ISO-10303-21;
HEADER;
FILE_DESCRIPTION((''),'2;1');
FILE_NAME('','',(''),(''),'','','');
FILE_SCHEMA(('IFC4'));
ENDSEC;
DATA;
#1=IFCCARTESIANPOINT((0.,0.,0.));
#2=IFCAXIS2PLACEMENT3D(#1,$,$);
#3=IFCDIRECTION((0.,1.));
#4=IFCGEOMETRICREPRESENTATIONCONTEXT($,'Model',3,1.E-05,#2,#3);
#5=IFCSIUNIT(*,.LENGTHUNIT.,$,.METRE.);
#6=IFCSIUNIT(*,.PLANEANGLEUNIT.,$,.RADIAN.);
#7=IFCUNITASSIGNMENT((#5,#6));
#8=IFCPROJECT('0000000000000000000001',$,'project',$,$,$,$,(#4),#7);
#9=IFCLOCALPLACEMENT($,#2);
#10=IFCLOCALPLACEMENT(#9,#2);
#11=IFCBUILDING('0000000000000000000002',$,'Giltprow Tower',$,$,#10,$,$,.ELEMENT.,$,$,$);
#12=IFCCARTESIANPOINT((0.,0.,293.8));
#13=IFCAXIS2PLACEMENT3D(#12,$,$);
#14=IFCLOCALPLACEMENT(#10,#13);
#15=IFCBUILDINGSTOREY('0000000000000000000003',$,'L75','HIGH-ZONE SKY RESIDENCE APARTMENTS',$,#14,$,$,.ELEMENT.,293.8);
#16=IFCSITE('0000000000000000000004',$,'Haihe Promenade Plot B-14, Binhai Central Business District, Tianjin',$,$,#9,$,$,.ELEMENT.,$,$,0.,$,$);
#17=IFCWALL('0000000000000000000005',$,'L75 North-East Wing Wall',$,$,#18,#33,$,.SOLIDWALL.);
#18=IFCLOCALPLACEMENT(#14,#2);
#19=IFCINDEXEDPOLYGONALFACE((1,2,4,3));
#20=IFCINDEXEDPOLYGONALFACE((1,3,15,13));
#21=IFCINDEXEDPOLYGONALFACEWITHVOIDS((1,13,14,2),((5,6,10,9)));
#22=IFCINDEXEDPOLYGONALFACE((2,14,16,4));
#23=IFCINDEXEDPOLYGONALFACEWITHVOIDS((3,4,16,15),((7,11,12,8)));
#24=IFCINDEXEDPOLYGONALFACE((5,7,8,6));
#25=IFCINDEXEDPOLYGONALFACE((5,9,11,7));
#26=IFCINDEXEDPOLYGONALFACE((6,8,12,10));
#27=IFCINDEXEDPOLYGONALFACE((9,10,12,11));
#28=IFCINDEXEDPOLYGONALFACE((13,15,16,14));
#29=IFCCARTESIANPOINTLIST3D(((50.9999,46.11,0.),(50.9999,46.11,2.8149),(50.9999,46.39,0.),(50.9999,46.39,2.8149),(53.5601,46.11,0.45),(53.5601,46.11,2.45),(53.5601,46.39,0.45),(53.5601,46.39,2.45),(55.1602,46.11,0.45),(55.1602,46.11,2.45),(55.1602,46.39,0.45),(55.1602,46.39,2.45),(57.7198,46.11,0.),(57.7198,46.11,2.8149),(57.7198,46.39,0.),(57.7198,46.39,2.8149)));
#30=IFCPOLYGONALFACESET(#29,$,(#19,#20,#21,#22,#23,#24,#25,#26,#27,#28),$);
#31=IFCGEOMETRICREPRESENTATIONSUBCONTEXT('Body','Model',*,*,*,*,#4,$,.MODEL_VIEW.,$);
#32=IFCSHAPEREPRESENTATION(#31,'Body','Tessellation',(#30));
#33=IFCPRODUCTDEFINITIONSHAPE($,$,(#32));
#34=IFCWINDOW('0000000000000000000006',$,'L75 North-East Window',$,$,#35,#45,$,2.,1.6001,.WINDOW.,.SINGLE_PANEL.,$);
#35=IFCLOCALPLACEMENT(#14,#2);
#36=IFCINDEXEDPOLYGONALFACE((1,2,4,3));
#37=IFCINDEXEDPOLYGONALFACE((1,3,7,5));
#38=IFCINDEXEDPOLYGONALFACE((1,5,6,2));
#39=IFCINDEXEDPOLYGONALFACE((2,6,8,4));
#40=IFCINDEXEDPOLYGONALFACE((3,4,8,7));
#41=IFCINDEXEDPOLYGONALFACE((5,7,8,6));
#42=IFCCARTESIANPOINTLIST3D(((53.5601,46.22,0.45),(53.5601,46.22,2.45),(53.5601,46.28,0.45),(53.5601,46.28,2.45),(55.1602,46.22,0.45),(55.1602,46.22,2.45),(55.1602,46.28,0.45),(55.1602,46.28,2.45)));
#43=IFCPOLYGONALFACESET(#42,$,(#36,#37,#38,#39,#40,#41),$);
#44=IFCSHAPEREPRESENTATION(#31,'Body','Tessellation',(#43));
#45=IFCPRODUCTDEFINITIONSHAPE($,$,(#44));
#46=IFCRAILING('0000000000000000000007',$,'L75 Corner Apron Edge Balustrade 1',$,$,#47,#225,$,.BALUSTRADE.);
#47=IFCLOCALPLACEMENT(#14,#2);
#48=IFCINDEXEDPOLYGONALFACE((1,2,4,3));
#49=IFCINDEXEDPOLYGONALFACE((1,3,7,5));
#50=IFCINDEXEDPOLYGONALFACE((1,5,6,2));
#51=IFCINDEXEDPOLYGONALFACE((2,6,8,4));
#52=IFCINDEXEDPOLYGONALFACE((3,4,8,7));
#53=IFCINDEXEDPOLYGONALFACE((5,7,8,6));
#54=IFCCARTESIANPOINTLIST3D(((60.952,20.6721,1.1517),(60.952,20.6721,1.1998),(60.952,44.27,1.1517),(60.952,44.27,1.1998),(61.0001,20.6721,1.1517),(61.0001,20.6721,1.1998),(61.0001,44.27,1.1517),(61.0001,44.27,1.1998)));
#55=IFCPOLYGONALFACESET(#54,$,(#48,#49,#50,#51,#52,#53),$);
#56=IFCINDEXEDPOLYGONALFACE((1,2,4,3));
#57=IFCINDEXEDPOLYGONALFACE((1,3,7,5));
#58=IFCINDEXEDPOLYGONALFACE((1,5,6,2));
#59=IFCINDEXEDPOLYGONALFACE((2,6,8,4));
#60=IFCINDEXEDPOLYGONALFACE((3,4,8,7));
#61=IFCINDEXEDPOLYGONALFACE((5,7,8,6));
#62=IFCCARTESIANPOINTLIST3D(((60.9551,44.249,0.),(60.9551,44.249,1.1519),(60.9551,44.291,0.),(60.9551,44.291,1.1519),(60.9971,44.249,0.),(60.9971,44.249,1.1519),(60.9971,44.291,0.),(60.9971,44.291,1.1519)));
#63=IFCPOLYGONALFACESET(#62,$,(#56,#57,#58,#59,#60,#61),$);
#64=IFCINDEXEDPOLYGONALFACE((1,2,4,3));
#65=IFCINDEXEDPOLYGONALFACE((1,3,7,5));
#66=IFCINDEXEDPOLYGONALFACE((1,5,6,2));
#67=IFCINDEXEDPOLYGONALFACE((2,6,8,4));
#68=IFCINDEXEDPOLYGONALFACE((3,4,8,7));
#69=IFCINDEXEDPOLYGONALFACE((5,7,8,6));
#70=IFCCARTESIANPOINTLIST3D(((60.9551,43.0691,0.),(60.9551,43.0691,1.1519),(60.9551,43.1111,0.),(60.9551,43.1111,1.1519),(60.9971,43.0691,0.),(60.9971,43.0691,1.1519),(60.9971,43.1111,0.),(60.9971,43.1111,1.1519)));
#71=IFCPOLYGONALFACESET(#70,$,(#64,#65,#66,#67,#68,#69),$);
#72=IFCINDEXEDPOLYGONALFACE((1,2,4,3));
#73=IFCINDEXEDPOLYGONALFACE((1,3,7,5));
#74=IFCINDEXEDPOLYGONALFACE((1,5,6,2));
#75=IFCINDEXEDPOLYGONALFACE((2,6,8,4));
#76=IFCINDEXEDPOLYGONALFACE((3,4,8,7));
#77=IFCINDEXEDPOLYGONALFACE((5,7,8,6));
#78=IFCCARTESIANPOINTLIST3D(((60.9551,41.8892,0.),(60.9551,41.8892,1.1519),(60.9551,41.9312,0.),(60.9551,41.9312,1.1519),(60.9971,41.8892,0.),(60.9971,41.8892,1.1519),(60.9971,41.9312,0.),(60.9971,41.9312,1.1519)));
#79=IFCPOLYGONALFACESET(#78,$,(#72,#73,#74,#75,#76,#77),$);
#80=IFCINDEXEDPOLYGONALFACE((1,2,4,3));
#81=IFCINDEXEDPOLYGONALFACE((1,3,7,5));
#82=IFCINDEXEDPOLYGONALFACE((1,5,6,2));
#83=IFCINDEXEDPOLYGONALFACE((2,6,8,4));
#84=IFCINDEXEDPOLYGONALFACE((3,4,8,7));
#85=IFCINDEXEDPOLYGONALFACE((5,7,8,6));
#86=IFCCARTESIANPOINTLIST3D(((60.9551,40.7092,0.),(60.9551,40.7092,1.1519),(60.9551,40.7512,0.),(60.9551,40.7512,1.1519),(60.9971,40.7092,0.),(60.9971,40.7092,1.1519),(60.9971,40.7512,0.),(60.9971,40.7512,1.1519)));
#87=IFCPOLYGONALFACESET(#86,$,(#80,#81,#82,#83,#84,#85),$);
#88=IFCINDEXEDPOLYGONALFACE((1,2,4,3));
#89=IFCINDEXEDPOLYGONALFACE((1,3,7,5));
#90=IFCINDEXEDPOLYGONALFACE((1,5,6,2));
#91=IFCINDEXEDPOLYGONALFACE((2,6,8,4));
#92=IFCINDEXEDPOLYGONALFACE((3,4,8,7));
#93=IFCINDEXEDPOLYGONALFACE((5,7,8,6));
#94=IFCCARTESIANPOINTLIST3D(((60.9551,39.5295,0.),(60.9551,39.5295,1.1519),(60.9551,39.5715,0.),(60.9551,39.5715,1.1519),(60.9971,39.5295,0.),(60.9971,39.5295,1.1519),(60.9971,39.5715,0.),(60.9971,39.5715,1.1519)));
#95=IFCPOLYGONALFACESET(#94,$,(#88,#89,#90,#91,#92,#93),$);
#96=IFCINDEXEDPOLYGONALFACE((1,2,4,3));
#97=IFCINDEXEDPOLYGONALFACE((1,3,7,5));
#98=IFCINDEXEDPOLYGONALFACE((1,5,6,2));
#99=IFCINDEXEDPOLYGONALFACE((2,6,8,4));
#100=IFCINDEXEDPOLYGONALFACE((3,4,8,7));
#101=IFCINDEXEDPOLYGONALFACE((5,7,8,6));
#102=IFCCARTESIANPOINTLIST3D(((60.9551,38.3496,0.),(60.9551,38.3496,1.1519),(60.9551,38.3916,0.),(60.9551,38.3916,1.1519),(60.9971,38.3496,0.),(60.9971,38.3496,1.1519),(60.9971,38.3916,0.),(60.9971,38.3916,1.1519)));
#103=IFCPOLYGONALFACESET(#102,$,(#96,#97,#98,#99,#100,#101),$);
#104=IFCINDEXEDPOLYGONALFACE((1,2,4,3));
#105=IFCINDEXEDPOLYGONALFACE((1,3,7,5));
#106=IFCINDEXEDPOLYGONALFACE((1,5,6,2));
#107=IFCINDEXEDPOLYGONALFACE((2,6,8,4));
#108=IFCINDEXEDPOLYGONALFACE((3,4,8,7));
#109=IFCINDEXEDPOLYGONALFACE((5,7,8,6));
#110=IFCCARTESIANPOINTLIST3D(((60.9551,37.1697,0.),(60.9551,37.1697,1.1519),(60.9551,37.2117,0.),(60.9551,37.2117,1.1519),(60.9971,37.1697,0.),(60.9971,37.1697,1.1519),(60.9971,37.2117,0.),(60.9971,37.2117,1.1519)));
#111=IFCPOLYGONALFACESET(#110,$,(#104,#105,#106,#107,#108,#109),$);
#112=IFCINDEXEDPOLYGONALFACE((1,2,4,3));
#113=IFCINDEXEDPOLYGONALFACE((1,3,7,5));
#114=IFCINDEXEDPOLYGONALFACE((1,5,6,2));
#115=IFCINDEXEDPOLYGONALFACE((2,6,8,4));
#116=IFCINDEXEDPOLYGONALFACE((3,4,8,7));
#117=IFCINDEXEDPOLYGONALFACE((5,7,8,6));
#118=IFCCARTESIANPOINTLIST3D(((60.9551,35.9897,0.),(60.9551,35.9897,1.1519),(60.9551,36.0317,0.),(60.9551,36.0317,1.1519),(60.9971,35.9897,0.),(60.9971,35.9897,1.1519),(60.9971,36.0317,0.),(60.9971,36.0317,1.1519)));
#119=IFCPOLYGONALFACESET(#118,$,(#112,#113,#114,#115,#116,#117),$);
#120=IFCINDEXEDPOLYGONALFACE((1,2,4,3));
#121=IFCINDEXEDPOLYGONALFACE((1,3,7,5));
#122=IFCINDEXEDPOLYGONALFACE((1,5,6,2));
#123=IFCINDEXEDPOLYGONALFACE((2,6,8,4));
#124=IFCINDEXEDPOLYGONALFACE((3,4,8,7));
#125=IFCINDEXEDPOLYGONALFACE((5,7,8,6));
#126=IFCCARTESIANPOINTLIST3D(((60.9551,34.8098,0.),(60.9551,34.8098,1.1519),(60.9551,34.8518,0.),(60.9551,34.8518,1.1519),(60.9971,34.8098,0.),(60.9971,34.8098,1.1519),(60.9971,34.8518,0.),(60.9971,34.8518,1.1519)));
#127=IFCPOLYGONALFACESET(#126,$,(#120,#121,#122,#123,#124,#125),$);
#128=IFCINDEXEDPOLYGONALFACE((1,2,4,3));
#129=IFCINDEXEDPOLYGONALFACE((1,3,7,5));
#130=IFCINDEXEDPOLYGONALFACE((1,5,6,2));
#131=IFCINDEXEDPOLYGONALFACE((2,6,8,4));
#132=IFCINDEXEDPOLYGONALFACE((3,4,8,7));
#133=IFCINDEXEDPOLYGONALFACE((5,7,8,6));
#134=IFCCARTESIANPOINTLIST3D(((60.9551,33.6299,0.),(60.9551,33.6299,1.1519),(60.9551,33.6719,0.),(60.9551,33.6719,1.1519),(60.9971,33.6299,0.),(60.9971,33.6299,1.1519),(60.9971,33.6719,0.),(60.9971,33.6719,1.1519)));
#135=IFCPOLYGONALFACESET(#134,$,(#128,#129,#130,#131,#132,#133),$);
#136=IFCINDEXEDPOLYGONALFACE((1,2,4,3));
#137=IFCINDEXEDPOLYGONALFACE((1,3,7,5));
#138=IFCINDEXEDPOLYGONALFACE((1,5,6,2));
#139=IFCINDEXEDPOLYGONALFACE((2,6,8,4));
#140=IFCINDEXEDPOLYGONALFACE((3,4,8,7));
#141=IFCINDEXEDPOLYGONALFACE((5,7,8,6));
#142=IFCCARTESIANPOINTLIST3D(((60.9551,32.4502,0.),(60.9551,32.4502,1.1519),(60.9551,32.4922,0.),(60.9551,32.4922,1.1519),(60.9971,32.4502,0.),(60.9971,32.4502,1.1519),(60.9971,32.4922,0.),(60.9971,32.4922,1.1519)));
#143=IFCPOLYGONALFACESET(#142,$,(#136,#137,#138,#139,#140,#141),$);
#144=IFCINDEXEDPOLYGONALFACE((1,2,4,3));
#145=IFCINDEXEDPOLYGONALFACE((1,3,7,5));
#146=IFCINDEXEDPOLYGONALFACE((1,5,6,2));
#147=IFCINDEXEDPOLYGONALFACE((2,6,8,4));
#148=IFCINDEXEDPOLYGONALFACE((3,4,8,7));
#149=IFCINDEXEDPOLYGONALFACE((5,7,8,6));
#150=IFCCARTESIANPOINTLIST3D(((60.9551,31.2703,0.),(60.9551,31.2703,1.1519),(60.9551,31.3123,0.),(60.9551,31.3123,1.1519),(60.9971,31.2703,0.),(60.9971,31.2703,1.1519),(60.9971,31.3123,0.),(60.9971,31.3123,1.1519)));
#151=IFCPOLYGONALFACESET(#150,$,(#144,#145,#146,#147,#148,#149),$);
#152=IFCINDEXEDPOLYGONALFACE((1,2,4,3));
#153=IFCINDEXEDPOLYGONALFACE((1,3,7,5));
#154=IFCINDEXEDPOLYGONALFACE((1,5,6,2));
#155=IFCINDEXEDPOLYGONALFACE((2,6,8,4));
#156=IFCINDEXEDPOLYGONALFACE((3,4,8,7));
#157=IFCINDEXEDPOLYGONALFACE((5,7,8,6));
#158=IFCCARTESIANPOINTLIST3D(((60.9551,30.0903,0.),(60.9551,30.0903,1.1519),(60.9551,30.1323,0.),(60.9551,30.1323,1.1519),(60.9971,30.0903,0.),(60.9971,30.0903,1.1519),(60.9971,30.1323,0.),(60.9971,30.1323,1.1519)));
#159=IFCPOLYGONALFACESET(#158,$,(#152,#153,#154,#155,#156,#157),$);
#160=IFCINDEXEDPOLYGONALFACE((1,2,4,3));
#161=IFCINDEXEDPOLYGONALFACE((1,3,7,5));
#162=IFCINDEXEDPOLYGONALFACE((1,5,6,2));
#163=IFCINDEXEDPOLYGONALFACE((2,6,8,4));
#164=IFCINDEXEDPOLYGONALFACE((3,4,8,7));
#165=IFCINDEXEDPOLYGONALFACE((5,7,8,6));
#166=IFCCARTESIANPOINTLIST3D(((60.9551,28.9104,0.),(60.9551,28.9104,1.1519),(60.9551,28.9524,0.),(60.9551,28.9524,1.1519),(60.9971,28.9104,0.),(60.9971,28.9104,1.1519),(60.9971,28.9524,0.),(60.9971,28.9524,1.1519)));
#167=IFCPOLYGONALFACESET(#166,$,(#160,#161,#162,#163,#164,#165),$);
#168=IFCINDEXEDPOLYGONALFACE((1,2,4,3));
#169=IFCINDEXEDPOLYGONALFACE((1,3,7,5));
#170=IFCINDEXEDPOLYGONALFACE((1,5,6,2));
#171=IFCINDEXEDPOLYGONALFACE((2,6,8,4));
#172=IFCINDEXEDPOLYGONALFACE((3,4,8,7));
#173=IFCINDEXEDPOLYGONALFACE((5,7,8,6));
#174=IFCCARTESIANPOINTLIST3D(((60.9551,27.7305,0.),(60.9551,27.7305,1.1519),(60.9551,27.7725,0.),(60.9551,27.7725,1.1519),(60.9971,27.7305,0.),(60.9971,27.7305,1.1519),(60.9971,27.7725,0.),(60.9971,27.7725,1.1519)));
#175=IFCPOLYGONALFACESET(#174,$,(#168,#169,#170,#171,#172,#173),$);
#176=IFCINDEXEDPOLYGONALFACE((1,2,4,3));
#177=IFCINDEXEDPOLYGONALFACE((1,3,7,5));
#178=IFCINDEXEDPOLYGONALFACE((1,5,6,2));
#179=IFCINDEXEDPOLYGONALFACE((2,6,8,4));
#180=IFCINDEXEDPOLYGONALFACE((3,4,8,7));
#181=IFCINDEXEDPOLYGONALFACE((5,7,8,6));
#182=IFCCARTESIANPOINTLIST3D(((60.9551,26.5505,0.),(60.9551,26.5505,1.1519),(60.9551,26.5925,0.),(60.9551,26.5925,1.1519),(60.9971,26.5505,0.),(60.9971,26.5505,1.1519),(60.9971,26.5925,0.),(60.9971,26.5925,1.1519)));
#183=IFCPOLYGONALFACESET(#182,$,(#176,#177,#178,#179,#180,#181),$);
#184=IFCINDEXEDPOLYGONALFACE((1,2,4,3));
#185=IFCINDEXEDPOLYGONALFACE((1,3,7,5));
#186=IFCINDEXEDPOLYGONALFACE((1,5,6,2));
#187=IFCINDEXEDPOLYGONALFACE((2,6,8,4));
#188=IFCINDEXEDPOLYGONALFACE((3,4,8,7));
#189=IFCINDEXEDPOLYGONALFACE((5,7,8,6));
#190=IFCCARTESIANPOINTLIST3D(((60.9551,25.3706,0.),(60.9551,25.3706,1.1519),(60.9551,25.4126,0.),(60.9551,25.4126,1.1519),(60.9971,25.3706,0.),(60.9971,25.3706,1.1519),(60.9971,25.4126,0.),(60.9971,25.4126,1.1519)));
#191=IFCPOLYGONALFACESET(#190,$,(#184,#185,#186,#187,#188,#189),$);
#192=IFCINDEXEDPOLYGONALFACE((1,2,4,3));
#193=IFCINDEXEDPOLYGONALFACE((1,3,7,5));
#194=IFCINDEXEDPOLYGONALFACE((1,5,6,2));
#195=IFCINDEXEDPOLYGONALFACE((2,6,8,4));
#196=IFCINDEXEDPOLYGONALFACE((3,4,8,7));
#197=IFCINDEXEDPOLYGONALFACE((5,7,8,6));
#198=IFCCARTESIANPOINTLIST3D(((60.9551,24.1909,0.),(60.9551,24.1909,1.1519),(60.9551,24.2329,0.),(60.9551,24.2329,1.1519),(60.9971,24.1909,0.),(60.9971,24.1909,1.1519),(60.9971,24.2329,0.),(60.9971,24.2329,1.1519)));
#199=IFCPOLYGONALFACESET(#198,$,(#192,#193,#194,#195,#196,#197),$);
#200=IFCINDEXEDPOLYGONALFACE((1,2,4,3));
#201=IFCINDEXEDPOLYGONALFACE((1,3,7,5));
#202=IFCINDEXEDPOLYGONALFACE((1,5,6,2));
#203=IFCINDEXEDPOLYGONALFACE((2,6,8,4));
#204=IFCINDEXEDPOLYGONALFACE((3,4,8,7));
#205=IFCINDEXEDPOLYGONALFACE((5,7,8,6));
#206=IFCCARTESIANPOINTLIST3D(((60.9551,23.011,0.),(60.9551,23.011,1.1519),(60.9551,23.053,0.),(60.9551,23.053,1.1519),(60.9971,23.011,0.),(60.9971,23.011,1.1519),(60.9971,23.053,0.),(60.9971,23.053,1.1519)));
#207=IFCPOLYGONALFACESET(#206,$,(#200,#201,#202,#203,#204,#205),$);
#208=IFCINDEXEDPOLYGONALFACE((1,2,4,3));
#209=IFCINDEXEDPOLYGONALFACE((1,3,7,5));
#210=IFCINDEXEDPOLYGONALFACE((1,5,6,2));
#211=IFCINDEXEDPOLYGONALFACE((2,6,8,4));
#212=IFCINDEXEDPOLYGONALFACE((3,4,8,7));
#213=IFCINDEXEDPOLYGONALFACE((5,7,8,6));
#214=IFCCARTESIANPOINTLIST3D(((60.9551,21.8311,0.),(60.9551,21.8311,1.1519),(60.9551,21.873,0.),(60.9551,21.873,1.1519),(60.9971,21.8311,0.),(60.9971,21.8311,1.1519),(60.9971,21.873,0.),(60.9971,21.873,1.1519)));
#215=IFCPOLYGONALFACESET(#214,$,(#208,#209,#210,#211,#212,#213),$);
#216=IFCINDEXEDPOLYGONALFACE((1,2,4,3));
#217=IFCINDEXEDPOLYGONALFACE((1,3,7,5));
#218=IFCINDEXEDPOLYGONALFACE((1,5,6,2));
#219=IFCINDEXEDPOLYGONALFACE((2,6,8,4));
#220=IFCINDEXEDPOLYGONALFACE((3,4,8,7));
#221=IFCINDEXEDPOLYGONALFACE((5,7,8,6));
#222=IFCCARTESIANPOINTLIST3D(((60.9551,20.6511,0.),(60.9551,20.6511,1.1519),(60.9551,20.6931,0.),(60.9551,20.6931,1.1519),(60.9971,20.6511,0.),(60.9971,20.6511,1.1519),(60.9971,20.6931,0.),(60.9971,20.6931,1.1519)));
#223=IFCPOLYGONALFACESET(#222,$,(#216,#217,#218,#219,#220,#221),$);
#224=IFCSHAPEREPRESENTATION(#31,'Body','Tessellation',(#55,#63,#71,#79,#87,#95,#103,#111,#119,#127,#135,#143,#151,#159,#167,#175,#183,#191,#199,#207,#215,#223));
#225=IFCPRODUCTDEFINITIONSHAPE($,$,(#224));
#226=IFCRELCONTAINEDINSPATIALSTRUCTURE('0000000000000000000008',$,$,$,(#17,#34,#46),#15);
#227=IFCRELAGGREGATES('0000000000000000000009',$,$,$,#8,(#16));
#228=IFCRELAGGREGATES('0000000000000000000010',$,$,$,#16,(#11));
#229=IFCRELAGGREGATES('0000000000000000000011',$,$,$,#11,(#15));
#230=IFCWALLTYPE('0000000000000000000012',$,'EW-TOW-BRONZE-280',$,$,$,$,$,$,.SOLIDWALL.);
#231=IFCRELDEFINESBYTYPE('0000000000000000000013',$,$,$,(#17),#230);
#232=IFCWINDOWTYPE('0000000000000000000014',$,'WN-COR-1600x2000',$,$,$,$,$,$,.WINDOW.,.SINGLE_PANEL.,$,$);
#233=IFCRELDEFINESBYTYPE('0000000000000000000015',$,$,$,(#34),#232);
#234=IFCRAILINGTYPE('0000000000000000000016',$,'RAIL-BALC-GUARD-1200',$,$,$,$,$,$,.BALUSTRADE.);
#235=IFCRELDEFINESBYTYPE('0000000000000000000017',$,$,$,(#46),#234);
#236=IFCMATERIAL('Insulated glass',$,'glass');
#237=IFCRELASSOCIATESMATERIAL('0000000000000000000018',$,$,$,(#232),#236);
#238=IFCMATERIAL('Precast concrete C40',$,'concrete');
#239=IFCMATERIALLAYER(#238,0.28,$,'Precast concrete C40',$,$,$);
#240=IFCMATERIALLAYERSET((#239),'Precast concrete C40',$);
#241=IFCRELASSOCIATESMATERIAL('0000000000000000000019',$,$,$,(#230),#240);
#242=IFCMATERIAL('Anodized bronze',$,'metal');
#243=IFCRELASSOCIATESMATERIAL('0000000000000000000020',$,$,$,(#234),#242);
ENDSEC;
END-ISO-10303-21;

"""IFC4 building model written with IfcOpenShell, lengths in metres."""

from ifc_helpers import new_model, si_unit, direction, frame, frame_2d, origin, origin_2d, place, context, subcontext, project, spatial, rectangle, extrude, source, transform, mapped, material, layer, layer_set, type_object, element, fill, save


model = new_model("IFC4")

# Units and contexts
model_context = context("Model", 3, precision=1e-05, world=origin(), true_north=direction((0.0, 1.0)))
body_context = subcontext(model_context, "Body", "Model", "MODEL_VIEW")
ifc_project = project(units=[si_unit("LENGTHUNIT", "METRE"), si_unit("PLANEANGLEUNIT", "RADIAN")], contexts=[model_context])

# Site, building, storey
site_placement = place(None, origin())
site = spatial("IfcSite", under=ifc_project, at=site_placement, Name="Haihe Promenade Plot B-14, Binhai Central Business District, Tianjin", CompositionType="ELEMENT", RefElevation=0.0)
building_placement = place(site_placement, origin())
building = spatial("IfcBuilding", under=site, at=building_placement, Name="Giltprow Tower", CompositionType="ELEMENT")
storey_placement = place(building_placement, frame((0.0, 0.0, 293.8)))
storey = spatial("IfcBuildingStorey", under=building, at=storey_placement, Name="L75", Description="HIGH-ZONE SKY RESIDENCE APARTMENTS", CompositionType="ELEMENT", Elevation=293.8)

# Wall, opening, window
ifc_material_1 = material(Name="Precast concrete C40", Category="concrete")
ifc_material_2 = material(Name="Insulated glass", Category="glass")
window_type = type_object("IfcWindowType", Name="WN-COR-1600x2000", PartitioningType="SINGLE_PANEL", PredefinedType="WINDOW", material=ifc_material_2)
shared_shape_1 = source(origin(), body_context, "Body", "SweptSolid", [
    extrude(rectangle(XDim=1.6001, YDim=2.0, at=frame_2d((0.8, 1.0))), frame((0.0, 0.03, 0.0), z_axis=(0.0, -1.0, 0.0), x_axis=(1.0, 0.0, 0.0)), (0.0, 0.0, 1.0), 0.0601),
])
ifc_layer_1 = layer(ifc_material_1, 0.28, Name="Precast concrete C40")
ifc_layer_set_1 = layer_set([ifc_layer_1], Name="Precast concrete C40")
wall_type_1 = type_object("IfcWallType", Name="EW-TOW-BRONZE-280", PredefinedType="SOLIDWALL", material=ifc_layer_set_1)
wall_1_placement = place(storey_placement, frame((51.0, 46.25, 0.0), z_axis=(0.0, 0.0, 1.0), x_axis=(1.0, 0.0, 0.0)))
wall_1 = element("IfcWall", 1, at=wall_1_placement, inside=storey, type_object=wall_type_1, Name="L75 North-East Wing Wall", PredefinedType="SOLIDWALL", context=body_context, shape_type="SweptSolid", body=[
    extrude(rectangle(XDim=6.72, YDim=0.28, at=frame_2d((3.3599, 0.0))), origin(), (0.0, 0.0, 1.0), 2.8149),
])
opening_1_placement = place(wall_1_placement, frame((2.5601, 0.0, 0.45)))
opening_1 = element("IfcOpeningElement", 2, at=opening_1_placement, cuts=wall_1, PredefinedType="OPENING", context=body_context, shape_type="SweptSolid", body=[
    extrude(rectangle(XDim=1.6001, YDim=2.0, at=frame_2d((0.8, 1.0))), frame((0.0, 0.1499, 0.0), z_axis=(0.0, -1.0, 0.0), x_axis=(1.0, 0.0, 0.0)), (0.0, 0.0, 1.0), 0.3),
])
window_1_placement = place(opening_1_placement, origin())
window_1 = element("IfcWindow", 3, at=window_1_placement, inside=storey, type_object=window_type, Name="L75 North-East Window", OverallHeight=2.0, OverallWidth=1.6001, PartitioningType="SINGLE_PANEL", PredefinedType="WINDOW", context=body_context, shape_type="MappedRepresentation", body=[
    mapped(shared_shape_1, transform((0.0, 0.0, 0.0), x_axis=(1.0, 0.0, 0.0), y_axis=(0.0, 1.0, 0.0), z_axis=(0.0, 0.0, 1.0), scale=1.0)),
])
fill(opening_1, window_1)

# Railing
ifc_material_3 = material(Name="Anodized bronze", Category="metal")
railing_type = type_object("IfcRailingType", Name="RAIL-BALC-GUARD-1200", PredefinedType="BALUSTRADE", material=ifc_material_3)
railing_1_placement = place(storey_placement, frame((60.9761, 44.27, 0.0)))
element("IfcRailing", 4, at=railing_1_placement, inside=storey, type_object=railing_type, Name="L75 Corner Apron Edge Balustrade 1", PredefinedType="BALUSTRADE", context=body_context, shape_type="SweptSolid", body=[
    extrude(rectangle(XDim=0.0481, YDim=0.0481, at=origin_2d()), frame((0.0, 0.0, 1.1758), z_axis=(0.0, -1.0, 0.0), x_axis=(1.0, 0.0, 0.0)), (0.0, 0.0, 1.0), 23.5979),
    extrude(rectangle(XDim=0.042, YDim=0.042, at=origin_2d()), origin(), (0.0, 0.0, 1.0), 1.1519),
    extrude(rectangle(XDim=0.042, YDim=0.042, at=origin_2d()), frame((0.0, -1.1799, 0.0)), (0.0, 0.0, 1.0), 1.1519),
    extrude(rectangle(XDim=0.042, YDim=0.042, at=origin_2d()), frame((0.0, -2.3599, 0.0)), (0.0, 0.0, 1.0), 1.1519),
    extrude(rectangle(XDim=0.042, YDim=0.042, at=origin_2d()), frame((0.0, -3.5398, 0.0)), (0.0, 0.0, 1.0), 1.1519),
    extrude(rectangle(XDim=0.042, YDim=0.042, at=origin_2d()), frame((0.0, -4.7195, 0.0)), (0.0, 0.0, 1.0), 1.1519),
    extrude(rectangle(XDim=0.042, YDim=0.042, at=origin_2d()), frame((0.0, -5.8994, 0.0)), (0.0, 0.0, 1.0), 1.1519),
    extrude(rectangle(XDim=0.042, YDim=0.042, at=origin_2d()), frame((0.0, -7.0793, 0.0)), (0.0, 0.0, 1.0), 1.1519),
    extrude(rectangle(XDim=0.042, YDim=0.042, at=origin_2d()), frame((0.0, -8.2593, 0.0)), (0.0, 0.0, 1.0), 1.1519),
    extrude(rectangle(XDim=0.042, YDim=0.042, at=origin_2d()), frame((0.0, -9.4392, 0.0)), (0.0, 0.0, 1.0), 1.1519),
    extrude(rectangle(XDim=0.042, YDim=0.042, at=origin_2d()), frame((0.0, -10.6191, 0.0)), (0.0, 0.0, 1.0), 1.1519),
    extrude(rectangle(XDim=0.042, YDim=0.042, at=origin_2d()), frame((0.0, -11.7988, 0.0)), (0.0, 0.0, 1.0), 1.1519),
    extrude(rectangle(XDim=0.042, YDim=0.042, at=origin_2d()), frame((0.0, -12.9788, 0.0)), (0.0, 0.0, 1.0), 1.1519),
    extrude(rectangle(XDim=0.042, YDim=0.042, at=origin_2d()), frame((0.0, -14.1587, 0.0)), (0.0, 0.0, 1.0), 1.1519),
    extrude(rectangle(XDim=0.042, YDim=0.042, at=origin_2d()), frame((0.0, -15.3386, 0.0)), (0.0, 0.0, 1.0), 1.1519),
    extrude(rectangle(XDim=0.042, YDim=0.042, at=origin_2d()), frame((0.0, -16.5186, 0.0)), (0.0, 0.0, 1.0), 1.1519),
    extrude(rectangle(XDim=0.042, YDim=0.042, at=origin_2d()), frame((0.0, -17.6985, 0.0)), (0.0, 0.0, 1.0), 1.1519),
    extrude(rectangle(XDim=0.042, YDim=0.042, at=origin_2d()), frame((0.0, -18.8784, 0.0)), (0.0, 0.0, 1.0), 1.1519),
    extrude(rectangle(XDim=0.042, YDim=0.042, at=origin_2d()), frame((0.0, -20.0581, 0.0)), (0.0, 0.0, 1.0), 1.1519),
    extrude(rectangle(XDim=0.042, YDim=0.042, at=origin_2d()), frame((0.0, -21.238, 0.0)), (0.0, 0.0, 1.0), 1.1519),
    extrude(rectangle(XDim=0.042, YDim=0.042, at=origin_2d()), frame((0.0, -22.418, 0.0)), (0.0, 0.0, 1.0), 1.1519),
    extrude(rectangle(XDim=0.042, YDim=0.042, at=origin_2d()), frame((0.0, -23.5979, 0.0)), (0.0, 0.0, 1.0), 1.1519),
])

save(model, "model.ifc")
